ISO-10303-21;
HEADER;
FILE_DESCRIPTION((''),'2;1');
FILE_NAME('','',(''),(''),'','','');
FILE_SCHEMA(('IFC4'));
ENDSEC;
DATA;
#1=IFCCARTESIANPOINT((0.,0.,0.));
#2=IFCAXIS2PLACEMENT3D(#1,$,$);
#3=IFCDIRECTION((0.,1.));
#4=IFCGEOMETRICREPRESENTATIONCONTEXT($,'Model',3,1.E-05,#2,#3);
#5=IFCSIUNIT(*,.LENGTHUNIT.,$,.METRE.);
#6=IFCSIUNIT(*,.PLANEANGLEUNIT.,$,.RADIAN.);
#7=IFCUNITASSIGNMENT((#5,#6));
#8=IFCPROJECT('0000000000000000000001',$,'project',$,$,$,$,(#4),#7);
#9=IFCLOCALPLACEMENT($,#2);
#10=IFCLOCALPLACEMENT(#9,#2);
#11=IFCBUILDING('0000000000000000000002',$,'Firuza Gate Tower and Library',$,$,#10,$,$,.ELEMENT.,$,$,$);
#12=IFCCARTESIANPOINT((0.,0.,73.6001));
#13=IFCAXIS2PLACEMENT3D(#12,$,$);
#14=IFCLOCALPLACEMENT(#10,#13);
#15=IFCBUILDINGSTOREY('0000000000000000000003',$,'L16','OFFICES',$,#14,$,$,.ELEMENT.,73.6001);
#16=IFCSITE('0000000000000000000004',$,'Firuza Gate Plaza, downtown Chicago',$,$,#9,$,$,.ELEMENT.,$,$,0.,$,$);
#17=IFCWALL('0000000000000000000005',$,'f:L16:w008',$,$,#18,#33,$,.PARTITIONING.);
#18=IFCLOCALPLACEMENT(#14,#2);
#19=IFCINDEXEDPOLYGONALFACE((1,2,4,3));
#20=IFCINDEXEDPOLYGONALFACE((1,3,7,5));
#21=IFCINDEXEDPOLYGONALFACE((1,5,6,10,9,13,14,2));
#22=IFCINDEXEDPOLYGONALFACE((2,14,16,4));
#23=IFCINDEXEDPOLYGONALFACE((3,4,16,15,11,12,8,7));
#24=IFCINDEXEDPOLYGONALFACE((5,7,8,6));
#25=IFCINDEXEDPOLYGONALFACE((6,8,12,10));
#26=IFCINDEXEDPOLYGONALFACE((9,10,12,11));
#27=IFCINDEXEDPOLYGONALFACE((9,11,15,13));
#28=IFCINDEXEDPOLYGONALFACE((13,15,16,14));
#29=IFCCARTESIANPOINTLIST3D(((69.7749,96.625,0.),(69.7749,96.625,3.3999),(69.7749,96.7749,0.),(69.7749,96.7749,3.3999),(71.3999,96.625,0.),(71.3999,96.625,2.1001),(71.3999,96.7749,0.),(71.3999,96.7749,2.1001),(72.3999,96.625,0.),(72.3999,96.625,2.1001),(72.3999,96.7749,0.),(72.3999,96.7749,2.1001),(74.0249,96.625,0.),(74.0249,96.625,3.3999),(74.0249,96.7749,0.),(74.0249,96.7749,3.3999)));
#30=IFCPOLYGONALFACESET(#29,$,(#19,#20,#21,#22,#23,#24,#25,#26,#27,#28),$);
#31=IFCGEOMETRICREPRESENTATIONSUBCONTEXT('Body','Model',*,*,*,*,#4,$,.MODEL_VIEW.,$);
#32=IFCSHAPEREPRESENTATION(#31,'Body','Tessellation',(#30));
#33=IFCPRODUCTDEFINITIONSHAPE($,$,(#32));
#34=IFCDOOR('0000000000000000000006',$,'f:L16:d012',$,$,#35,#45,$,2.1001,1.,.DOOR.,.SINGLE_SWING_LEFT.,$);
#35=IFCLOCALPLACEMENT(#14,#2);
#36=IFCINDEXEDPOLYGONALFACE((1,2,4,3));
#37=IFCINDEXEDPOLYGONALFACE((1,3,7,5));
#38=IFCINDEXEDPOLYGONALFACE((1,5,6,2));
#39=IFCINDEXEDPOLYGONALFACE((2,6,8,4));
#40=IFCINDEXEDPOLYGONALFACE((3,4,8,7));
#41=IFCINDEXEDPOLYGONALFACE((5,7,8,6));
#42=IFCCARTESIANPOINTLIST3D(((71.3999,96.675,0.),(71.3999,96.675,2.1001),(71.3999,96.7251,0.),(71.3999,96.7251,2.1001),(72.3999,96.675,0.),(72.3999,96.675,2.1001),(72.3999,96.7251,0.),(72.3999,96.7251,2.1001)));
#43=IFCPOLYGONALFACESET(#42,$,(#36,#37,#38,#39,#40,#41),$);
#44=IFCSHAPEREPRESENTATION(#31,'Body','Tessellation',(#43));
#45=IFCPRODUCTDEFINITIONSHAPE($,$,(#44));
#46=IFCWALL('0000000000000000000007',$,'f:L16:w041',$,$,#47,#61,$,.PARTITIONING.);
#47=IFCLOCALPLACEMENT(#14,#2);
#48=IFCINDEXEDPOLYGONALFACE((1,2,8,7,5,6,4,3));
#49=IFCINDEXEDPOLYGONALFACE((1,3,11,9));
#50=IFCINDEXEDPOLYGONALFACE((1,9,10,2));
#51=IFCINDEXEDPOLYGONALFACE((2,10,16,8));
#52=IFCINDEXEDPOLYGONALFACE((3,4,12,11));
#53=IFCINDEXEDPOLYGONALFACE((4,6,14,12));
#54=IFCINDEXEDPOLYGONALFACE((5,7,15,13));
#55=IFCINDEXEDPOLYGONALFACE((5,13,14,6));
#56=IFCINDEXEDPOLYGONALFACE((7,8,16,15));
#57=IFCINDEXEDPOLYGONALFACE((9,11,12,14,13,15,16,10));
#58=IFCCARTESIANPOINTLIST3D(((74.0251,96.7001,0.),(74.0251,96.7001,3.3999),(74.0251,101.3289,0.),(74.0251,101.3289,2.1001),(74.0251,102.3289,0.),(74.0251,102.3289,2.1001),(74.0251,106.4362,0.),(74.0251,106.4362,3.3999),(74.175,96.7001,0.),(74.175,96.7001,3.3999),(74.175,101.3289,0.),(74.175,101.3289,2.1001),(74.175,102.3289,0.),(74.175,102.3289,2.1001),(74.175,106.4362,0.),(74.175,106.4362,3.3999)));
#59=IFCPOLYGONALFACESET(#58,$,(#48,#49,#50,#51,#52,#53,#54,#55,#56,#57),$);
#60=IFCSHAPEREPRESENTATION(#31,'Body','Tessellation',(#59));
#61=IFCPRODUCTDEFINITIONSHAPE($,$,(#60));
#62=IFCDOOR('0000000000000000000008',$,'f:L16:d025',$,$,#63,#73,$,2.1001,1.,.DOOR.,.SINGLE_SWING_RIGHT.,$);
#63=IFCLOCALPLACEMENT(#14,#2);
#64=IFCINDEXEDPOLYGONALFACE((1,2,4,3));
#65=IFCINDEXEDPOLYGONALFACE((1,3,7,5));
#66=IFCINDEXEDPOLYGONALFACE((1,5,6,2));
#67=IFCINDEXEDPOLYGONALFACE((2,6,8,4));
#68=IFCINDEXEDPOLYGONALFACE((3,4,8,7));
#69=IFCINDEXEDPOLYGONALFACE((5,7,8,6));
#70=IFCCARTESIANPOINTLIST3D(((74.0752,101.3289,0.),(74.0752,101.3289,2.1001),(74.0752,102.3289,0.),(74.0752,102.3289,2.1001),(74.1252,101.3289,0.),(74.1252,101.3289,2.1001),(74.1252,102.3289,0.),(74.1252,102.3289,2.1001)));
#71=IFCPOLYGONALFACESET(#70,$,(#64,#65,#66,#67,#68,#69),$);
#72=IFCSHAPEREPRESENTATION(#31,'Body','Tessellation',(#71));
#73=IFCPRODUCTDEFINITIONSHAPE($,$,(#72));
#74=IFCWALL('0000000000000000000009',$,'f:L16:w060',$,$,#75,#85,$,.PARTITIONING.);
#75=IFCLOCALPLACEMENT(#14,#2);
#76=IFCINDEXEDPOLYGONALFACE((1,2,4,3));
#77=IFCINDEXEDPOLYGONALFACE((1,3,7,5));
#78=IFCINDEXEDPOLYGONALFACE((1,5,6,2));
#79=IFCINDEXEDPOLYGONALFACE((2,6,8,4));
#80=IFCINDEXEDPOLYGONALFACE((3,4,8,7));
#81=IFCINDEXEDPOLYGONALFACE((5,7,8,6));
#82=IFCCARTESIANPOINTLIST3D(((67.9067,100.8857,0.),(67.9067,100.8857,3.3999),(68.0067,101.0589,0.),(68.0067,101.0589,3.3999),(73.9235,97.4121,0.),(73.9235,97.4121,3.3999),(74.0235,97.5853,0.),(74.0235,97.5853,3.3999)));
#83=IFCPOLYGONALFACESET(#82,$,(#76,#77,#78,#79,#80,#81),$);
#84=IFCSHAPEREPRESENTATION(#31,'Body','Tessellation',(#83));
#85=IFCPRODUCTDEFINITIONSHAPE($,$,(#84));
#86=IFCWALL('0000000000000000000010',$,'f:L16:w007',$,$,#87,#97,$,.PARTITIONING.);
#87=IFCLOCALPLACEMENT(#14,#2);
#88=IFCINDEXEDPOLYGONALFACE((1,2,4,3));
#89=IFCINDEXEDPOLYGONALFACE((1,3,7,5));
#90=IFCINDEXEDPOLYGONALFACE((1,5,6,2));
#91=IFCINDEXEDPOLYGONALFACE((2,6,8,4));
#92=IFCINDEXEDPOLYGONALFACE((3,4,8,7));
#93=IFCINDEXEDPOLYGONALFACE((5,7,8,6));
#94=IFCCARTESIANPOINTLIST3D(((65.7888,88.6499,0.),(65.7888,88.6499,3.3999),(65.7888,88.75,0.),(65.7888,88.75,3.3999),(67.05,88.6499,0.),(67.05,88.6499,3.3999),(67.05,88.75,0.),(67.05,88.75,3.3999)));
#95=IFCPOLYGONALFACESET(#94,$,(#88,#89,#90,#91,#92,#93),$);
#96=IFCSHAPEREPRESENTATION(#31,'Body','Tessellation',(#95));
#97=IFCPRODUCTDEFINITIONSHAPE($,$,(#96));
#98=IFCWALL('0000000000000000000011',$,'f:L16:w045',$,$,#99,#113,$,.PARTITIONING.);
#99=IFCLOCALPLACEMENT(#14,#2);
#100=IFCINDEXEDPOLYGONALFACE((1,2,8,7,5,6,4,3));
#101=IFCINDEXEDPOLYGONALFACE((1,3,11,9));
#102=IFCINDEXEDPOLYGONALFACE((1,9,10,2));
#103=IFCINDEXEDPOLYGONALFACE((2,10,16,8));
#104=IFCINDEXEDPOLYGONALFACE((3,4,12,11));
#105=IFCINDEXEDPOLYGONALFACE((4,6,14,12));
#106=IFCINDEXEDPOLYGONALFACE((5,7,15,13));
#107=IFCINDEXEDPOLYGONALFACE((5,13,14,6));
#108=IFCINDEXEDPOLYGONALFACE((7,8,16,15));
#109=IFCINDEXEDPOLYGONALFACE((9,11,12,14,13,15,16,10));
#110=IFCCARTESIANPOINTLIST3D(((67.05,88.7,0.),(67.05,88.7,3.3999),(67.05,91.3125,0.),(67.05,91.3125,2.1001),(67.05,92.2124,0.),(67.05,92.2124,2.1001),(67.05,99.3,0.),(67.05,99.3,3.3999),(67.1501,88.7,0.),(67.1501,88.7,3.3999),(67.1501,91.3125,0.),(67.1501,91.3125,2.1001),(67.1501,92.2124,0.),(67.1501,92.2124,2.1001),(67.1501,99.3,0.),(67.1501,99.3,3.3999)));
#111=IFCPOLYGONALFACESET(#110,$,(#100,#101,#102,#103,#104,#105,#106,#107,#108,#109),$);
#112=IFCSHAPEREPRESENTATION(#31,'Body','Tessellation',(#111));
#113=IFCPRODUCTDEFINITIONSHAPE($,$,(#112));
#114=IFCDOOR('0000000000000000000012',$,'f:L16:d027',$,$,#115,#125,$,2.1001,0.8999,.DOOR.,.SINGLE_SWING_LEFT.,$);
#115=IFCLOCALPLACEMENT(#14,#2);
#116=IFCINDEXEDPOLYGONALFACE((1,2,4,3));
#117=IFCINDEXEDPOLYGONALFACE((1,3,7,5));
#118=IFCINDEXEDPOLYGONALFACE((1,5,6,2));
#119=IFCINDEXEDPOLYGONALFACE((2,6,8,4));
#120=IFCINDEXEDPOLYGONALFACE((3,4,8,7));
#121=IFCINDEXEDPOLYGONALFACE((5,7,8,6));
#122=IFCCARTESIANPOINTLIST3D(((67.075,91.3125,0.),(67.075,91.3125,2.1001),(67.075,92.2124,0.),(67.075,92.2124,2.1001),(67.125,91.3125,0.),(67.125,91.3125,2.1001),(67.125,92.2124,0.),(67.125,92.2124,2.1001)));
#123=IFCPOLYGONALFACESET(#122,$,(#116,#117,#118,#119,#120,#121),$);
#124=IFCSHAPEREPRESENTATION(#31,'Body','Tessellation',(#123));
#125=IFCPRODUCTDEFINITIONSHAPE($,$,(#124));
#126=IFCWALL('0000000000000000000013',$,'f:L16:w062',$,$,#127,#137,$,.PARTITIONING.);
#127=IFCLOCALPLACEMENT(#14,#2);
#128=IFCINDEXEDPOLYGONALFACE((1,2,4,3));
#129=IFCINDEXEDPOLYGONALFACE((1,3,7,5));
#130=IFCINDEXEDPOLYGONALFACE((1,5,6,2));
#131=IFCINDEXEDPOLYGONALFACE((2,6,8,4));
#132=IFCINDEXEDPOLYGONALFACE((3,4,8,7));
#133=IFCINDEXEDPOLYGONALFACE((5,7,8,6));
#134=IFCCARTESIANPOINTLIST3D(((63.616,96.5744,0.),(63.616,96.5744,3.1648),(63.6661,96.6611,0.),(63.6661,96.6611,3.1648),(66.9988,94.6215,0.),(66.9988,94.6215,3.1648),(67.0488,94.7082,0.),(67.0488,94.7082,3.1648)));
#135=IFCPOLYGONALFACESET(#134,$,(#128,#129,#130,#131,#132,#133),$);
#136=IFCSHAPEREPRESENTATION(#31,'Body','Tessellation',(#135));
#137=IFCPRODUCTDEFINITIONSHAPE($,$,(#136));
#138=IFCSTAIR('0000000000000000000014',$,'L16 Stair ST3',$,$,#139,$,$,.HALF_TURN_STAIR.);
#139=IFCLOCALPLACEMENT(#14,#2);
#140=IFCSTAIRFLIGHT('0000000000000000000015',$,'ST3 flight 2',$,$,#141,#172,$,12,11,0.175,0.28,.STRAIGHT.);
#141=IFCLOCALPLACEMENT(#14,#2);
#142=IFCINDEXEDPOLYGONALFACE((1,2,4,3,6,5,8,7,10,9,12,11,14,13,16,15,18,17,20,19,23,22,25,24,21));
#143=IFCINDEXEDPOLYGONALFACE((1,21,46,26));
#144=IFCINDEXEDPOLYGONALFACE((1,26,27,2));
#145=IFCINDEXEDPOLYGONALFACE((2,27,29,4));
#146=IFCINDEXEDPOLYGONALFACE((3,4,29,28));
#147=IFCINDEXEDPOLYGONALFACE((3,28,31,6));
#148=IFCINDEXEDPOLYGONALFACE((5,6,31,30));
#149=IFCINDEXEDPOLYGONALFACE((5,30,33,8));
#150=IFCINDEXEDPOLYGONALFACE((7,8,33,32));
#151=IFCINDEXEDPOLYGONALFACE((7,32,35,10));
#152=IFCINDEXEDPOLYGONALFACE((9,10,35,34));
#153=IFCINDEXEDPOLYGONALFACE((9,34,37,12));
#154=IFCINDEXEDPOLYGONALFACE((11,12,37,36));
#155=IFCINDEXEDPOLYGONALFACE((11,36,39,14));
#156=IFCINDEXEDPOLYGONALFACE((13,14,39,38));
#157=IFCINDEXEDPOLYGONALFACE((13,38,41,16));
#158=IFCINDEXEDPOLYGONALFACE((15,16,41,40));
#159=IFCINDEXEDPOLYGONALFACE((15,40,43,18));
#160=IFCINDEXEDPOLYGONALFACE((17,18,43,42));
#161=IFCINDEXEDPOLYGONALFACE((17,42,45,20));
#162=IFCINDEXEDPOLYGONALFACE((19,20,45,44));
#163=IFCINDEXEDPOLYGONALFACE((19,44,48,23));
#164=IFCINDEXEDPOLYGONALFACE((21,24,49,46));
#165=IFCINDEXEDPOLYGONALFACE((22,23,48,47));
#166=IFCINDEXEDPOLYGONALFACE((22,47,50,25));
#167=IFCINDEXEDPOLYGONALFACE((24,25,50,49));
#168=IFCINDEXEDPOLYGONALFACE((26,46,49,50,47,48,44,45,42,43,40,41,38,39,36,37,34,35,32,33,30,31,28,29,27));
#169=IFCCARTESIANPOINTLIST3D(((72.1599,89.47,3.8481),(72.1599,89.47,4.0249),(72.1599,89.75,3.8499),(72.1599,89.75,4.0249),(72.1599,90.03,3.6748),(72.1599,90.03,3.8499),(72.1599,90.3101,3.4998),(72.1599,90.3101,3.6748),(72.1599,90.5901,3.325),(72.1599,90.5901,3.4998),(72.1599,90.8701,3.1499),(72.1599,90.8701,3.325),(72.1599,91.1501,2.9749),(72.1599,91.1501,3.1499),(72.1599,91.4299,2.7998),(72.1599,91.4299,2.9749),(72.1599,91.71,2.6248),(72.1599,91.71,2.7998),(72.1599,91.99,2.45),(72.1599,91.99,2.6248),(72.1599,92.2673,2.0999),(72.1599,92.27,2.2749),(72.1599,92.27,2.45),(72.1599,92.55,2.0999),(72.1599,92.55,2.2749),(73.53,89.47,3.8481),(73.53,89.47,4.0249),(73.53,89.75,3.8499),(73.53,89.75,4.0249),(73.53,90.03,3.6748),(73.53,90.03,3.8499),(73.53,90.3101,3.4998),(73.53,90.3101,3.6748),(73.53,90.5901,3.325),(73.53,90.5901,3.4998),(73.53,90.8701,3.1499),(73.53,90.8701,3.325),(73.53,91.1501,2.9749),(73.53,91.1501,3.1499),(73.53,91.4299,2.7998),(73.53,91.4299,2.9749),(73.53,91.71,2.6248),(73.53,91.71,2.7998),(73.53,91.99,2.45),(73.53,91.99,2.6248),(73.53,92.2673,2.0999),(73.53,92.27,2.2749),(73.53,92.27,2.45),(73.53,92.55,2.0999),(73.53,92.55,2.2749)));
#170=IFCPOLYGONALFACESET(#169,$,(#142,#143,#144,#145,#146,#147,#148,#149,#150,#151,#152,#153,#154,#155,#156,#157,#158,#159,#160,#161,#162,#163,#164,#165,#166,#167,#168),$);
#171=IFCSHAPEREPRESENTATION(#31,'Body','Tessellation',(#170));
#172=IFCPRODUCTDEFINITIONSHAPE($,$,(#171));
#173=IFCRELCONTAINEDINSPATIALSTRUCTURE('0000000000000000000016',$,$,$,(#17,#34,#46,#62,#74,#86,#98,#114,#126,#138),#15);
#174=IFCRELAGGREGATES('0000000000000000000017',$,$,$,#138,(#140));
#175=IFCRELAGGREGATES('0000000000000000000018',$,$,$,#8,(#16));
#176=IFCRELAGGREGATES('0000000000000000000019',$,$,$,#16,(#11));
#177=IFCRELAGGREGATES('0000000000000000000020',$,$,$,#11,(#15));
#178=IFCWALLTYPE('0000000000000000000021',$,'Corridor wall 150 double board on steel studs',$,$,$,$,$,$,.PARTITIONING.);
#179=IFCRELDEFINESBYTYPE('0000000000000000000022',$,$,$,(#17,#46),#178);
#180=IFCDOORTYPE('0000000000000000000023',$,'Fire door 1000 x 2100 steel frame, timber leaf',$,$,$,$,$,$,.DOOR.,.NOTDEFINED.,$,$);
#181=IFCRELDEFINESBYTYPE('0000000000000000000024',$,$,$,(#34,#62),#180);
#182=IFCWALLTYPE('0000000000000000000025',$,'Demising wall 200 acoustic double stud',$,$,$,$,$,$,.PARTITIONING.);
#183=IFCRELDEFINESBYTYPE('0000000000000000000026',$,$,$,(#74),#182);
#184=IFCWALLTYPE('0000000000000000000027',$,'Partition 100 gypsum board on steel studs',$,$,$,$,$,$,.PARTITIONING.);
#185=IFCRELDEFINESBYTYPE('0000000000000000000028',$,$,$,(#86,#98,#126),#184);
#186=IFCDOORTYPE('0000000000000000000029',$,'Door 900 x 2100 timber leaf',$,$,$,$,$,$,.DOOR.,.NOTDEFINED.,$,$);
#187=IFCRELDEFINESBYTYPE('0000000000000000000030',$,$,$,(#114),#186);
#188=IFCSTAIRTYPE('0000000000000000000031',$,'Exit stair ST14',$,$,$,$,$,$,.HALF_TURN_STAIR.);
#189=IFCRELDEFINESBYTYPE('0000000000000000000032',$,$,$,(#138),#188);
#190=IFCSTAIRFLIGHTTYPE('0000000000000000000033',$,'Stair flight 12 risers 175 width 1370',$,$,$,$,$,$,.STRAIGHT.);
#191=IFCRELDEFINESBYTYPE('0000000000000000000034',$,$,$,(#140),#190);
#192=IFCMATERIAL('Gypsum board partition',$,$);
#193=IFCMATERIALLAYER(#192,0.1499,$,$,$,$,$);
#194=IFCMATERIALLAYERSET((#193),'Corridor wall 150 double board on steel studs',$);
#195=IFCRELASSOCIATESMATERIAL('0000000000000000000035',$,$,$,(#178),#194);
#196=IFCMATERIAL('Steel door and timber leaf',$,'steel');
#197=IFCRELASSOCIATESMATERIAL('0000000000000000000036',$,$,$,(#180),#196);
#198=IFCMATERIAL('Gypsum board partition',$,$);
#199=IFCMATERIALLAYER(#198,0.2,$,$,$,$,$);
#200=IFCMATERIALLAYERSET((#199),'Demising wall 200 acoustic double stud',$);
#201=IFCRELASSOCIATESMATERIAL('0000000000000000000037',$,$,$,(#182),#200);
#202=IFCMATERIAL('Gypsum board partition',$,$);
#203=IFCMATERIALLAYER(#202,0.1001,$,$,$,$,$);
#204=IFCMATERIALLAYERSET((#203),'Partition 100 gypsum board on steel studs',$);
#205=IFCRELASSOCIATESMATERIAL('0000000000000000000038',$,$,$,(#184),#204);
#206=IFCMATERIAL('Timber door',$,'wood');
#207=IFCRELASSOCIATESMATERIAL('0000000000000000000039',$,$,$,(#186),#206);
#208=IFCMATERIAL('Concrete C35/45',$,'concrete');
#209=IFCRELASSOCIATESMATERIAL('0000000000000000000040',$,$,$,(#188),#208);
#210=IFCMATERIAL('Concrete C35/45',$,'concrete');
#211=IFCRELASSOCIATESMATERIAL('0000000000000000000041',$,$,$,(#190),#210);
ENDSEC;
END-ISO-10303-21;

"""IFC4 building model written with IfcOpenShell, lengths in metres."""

from ifc_helpers import new_model, si_unit, direction, frame, frame_2d, origin, place, context, subcontext, project, spatial, polyline, rectangle, outline, extrude, material, layer, layer_set, type_object, element, fill, aggregate, save


model = new_model("IFC4")

# Units and contexts
model_context = context("Model", 3, precision=1e-05, world=origin(), true_north=direction((0.0, 1.0)))
body_context = subcontext(model_context, "Body", "Model", "MODEL_VIEW")
ifc_project = project(units=[si_unit("LENGTHUNIT", "METRE"), si_unit("PLANEANGLEUNIT", "RADIAN")], contexts=[model_context])

# Site, building, storey
site_placement = place(None, origin())
site = spatial("IfcSite", under=ifc_project, at=site_placement, Name="Firuza Gate Plaza, downtown Chicago", CompositionType="ELEMENT", RefElevation=0.0)
building_placement = place(site_placement, origin())
building = spatial("IfcBuilding", under=site, at=building_placement, Name="Firuza Gate Tower and Library", CompositionType="ELEMENT")
storey_placement = place(building_placement, frame((0.0, 0.0, 73.6001)))
storey = spatial("IfcBuildingStorey", under=building, at=storey_placement, Name="L16", Description="OFFICES", CompositionType="ELEMENT", Elevation=73.6001)

# Shared definitions
placement = place(storey_placement, origin())

# Walls, openings, doors
ifc_material_1 = material(Name="Gypsum board partition")
ifc_layer_1 = layer(ifc_material_1, 0.1499)
ifc_layer_set_1 = layer_set([ifc_layer_1], Name="Corridor wall 150 double board on steel studs")
wall_type_1 = type_object("IfcWallType", Name="Corridor wall 150 double board on steel studs", PredefinedType="PARTITIONING", material=ifc_layer_set_1)
wall_1_placement = place(storey_placement, frame((74.0249, 96.7, 0.0), z_axis=(0.0, 0.0, 1.0), x_axis=(-1.0, 0.0, 0.0)))
wall_1 = element("IfcWall", 1, at=wall_1_placement, inside=storey, type_object=wall_type_1, Name="f:L16:w008", PredefinedType="PARTITIONING", context=body_context, shape_type="SweptSolid", body=[
    extrude(rectangle(XDim=4.25, YDim=0.1499, at=frame_2d((2.125, 0.0))), origin(), (0.0, 0.0, 1.0), 3.3999),
])
opening_1_placement = place(wall_1_placement, frame((1.625, 0.0, 0.0)))
opening_1 = element("IfcOpeningElement", 2, at=opening_1_placement, cuts=wall_1, PredefinedType="OPENING", context=body_context, shape_type="SweptSolid", body=[
    extrude(rectangle(XDim=1.0, YDim=2.1001, at=frame_2d((0.5, 1.05))), frame((0.0, 0.085, 0.0), z_axis=(0.0, -1.0, 0.0), x_axis=(1.0, 0.0, 0.0)), (0.0, 0.0, 1.0), 0.1699),
])
ifc_material_2 = material(Name="Steel door and timber leaf", Category="steel")
door_type_1 = type_object("IfcDoorType", Name="Fire door 1000 x 2100 steel frame, timber leaf", OperationType="NOTDEFINED", PredefinedType="DOOR", material=ifc_material_2)
door_1_placement = place(opening_1_placement, origin())
door_1 = element("IfcDoor", 3, at=door_1_placement, inside=storey, type_object=door_type_1, Name="f:L16:d012", OperationType="SINGLE_SWING_LEFT", OverallHeight=2.1001, OverallWidth=1.0, PredefinedType="DOOR", context=body_context, shape_type="SweptSolid", body=[
    extrude(rectangle(XDim=1.0, YDim=2.1001, at=frame_2d((0.5, 1.05))), frame((0.0, 0.0249, 0.0), z_axis=(0.0, -1.0, 0.0), x_axis=(1.0, 0.0, 0.0)), (0.0, 0.0, 1.0), 0.05),
])
fill(opening_1, door_1)
wall_2_placement = place(storey_placement, frame((74.1001, 96.7, 0.0), z_axis=(0.0, 0.0, 1.0), x_axis=(0.0, 1.0, 0.0)))
wall_2 = element("IfcWall", 4, at=wall_2_placement, inside=storey, type_object=wall_type_1, Name="f:L16:w041", PredefinedType="PARTITIONING", context=body_context, shape_type="SweptSolid", body=[
    extrude(rectangle(XDim=9.7361, YDim=0.1499, at=frame_2d((4.8682, 0.0))), origin(), (0.0, 0.0, 1.0), 3.3999),
])
opening_2_placement = place(wall_2_placement, frame((4.6289, 0.0, 0.0)))
opening_2 = element("IfcOpeningElement", 5, at=opening_2_placement, cuts=wall_2, PredefinedType="OPENING", context=body_context, shape_type="SweptSolid", body=[
    extrude(rectangle(XDim=1.0, YDim=2.1001, at=frame_2d((0.5, 1.05))), frame((0.0, 0.085, 0.0), z_axis=(0.0, -1.0, 0.0), x_axis=(1.0, 0.0, 0.0)), (0.0, 0.0, 1.0), 0.1699),
])
door_2_placement = place(opening_2_placement, origin())
door_2 = element("IfcDoor", 6, at=door_2_placement, inside=storey, type_object=door_type_1, Name="f:L16:d025", OperationType="SINGLE_SWING_RIGHT", OverallHeight=2.1001, OverallWidth=1.0, PredefinedType="DOOR", context=body_context, shape_type="SweptSolid", body=[
    extrude(rectangle(XDim=1.0, YDim=2.1001, at=frame_2d((0.5, 1.05))), frame((0.0, 0.0249, 0.0), z_axis=(0.0, -1.0, 0.0), x_axis=(1.0, 0.0, 0.0)), (0.0, 0.0, 1.0), 0.05),
])
fill(opening_2, door_2)

# Walls
ifc_material_3 = material(Name="Gypsum board partition")
ifc_layer_2 = layer(ifc_material_3, 0.2)
ifc_layer_set_2 = layer_set([ifc_layer_2], Name="Demising wall 200 acoustic double stud")
wall_type_2 = type_object("IfcWallType", Name="Demising wall 200 acoustic double stud", PredefinedType="PARTITIONING", material=ifc_layer_set_2)
wall_3_placement = place(storey_placement, frame((73.9734, 97.4988, 0.0), z_axis=(0.0, 0.0, 1.0), x_axis=(-0.866038, 0.499979, 0.0)))
element("IfcWall", 7, at=wall_3_placement, inside=storey, type_object=wall_type_2, Name="f:L16:w060", PredefinedType="PARTITIONING", context=body_context, shape_type="SweptSolid", body=[
    extrude(rectangle(XDim=6.9475, YDim=0.2, at=frame_2d((3.4736, 0.0))), origin(), (0.0, 0.0, 1.0), 3.3999),
])
ifc_material_4 = material(Name="Gypsum board partition")
ifc_layer_3 = layer(ifc_material_4, 0.1001)
ifc_layer_set_3 = layer_set([ifc_layer_3], Name="Partition 100 gypsum board on steel studs")
wall_type_3 = type_object("IfcWallType", Name="Partition 100 gypsum board on steel studs", PredefinedType="PARTITIONING", material=ifc_layer_set_3)
wall_4_placement = place(storey_placement, frame((65.7888, 88.7, 0.0), z_axis=(0.0, 0.0, 1.0), x_axis=(1.0, 0.0, 0.0)))
element("IfcWall", 8, at=wall_4_placement, inside=storey, type_object=wall_type_3, Name="f:L16:w007", PredefinedType="PARTITIONING", context=body_context, shape_type="SweptSolid", body=[
    extrude(rectangle(XDim=1.2612, YDim=0.1001, at=frame_2d((0.6306, 0.0))), origin(), (0.0, 0.0, 1.0), 3.3999),
])

# Wall, opening, door
wall_5_placement = place(storey_placement, frame((67.1001, 99.3, 0.0), z_axis=(0.0, 0.0, 1.0), x_axis=(0.0, -1.0, 0.0)))
wall_5 = element("IfcWall", 9, at=wall_5_placement, inside=storey, type_object=wall_type_3, Name="f:L16:w045", PredefinedType="PARTITIONING", context=body_context, shape_type="SweptSolid", body=[
    extrude(rectangle(XDim=10.6001, YDim=0.1001, at=frame_2d((5.3, 0.0))), origin(), (0.0, 0.0, 1.0), 3.3999),
])
opening_3_placement = place(wall_5_placement, frame((7.0876, 0.0, 0.0)))
opening_3 = element("IfcOpeningElement", 10, at=opening_3_placement, cuts=wall_5, PredefinedType="OPENING", context=body_context, shape_type="SweptSolid", body=[
    extrude(rectangle(XDim=0.8999, YDim=2.1001, at=frame_2d((0.45, 1.05))), frame((0.0, 0.0601, 0.0), z_axis=(0.0, -1.0, 0.0), x_axis=(1.0, 0.0, 0.0)), (0.0, 0.0, 1.0), 0.1201),
])
ifc_material_5 = material(Name="Timber door", Category="wood")
door_type_2 = type_object("IfcDoorType", Name="Door 900 x 2100 timber leaf", OperationType="NOTDEFINED", PredefinedType="DOOR", material=ifc_material_5)
door_3_placement = place(opening_3_placement, origin())
door_3 = element("IfcDoor", 11, at=door_3_placement, inside=storey, type_object=door_type_2, Name="f:L16:d027", OperationType="SINGLE_SWING_LEFT", OverallHeight=2.1001, OverallWidth=0.8999, PredefinedType="DOOR", context=body_context, shape_type="SweptSolid", body=[
    extrude(rectangle(XDim=0.8999, YDim=2.1001, at=frame_2d((0.45, 1.05))), frame((0.0, 0.0249, 0.0), z_axis=(0.0, -1.0, 0.0), x_axis=(1.0, 0.0, 0.0)), (0.0, 0.0, 1.0), 0.05),
])
fill(opening_3, door_3)

# Wall
wall_6_placement = place(storey_placement, frame((67.0239, 94.6648, 0.0), z_axis=(0.0, 0.0, 1.0), x_axis=(-0.866046, 0.499964, 0.0)))
element("IfcWall", 12, at=wall_6_placement, inside=storey, type_object=wall_type_3, Name="f:L16:w062", PredefinedType="PARTITIONING", context=body_context, shape_type="SweptSolid", body=[
    extrude(rectangle(XDim=3.906, YDim=0.1001, at=frame_2d((1.9531, 0.0))), origin(), (0.0, 0.0, 1.0), 3.1648),
])

# Stair, stair flight
ifc_material_6 = material(Name="Concrete C35/45", Category="concrete")
stair_type = type_object("IfcStairType", Name="Exit stair ST14", PredefinedType="HALF_TURN_STAIR", material=ifc_material_6)
stair = element("IfcStair", 13, at=placement, inside=storey, type_object=stair_type, Name="L16 Stair ST3", PredefinedType="HALF_TURN_STAIR")
ifc_material_7 = material(Name="Concrete C35/45", Category="concrete")
stair_flight_type = type_object("IfcStairFlightType", Name="Stair flight 12 risers 175 width 1370", PredefinedType="STRAIGHT", material=ifc_material_7)
stair_flight_placement = place(storey_placement, frame((72.845, 92.55, 2.0999), z_axis=(0.0, 0.0, 1.0), x_axis=(0.0, -1.0, 0.0)))
stair_flight = element("IfcStairFlight", 14, at=stair_flight_placement, type_object=stair_flight_type, Name="ST3 flight 2", NumberOfRisers=12, NumberOfTreads=11, PredefinedType="STRAIGHT", RiserHeight=0.175, TreadLength=0.28, context=body_context, shape_type="SweptSolid", body=[
    extrude(outline(polyline([(0.0, 0.0), (0.0, 0.175), (0.28, 0.175), (0.28, 0.3501), (0.5601, 0.3501), (0.5601, 0.5249), (0.8401, 0.5249), (0.8401, 0.7), (1.1201, 0.7), (1.1201, 0.875), (1.3999, 0.875), (1.3999, 1.05), (1.6799, 1.05), (1.6799, 1.2251), (1.96, 1.2251), (1.96, 1.3999), (2.24, 1.3999), (2.24, 1.575), (2.52, 1.575), (2.52, 1.75), (2.8, 1.75), (2.8, 1.925), (3.0801, 1.925), (3.0801, 2.1001), (3.0801, 1.7483), (0.2827, 0.0), (0.0, 0.0)])), frame((0.0, 0.6851, 0.0), z_axis=(0.0, -1.0, 0.0), x_axis=(1.0, 0.0, 0.0)), (0.0, 0.0, 1.0), 1.3701),
])
aggregate(stair, [stair_flight])

save(model, "model.ifc")
